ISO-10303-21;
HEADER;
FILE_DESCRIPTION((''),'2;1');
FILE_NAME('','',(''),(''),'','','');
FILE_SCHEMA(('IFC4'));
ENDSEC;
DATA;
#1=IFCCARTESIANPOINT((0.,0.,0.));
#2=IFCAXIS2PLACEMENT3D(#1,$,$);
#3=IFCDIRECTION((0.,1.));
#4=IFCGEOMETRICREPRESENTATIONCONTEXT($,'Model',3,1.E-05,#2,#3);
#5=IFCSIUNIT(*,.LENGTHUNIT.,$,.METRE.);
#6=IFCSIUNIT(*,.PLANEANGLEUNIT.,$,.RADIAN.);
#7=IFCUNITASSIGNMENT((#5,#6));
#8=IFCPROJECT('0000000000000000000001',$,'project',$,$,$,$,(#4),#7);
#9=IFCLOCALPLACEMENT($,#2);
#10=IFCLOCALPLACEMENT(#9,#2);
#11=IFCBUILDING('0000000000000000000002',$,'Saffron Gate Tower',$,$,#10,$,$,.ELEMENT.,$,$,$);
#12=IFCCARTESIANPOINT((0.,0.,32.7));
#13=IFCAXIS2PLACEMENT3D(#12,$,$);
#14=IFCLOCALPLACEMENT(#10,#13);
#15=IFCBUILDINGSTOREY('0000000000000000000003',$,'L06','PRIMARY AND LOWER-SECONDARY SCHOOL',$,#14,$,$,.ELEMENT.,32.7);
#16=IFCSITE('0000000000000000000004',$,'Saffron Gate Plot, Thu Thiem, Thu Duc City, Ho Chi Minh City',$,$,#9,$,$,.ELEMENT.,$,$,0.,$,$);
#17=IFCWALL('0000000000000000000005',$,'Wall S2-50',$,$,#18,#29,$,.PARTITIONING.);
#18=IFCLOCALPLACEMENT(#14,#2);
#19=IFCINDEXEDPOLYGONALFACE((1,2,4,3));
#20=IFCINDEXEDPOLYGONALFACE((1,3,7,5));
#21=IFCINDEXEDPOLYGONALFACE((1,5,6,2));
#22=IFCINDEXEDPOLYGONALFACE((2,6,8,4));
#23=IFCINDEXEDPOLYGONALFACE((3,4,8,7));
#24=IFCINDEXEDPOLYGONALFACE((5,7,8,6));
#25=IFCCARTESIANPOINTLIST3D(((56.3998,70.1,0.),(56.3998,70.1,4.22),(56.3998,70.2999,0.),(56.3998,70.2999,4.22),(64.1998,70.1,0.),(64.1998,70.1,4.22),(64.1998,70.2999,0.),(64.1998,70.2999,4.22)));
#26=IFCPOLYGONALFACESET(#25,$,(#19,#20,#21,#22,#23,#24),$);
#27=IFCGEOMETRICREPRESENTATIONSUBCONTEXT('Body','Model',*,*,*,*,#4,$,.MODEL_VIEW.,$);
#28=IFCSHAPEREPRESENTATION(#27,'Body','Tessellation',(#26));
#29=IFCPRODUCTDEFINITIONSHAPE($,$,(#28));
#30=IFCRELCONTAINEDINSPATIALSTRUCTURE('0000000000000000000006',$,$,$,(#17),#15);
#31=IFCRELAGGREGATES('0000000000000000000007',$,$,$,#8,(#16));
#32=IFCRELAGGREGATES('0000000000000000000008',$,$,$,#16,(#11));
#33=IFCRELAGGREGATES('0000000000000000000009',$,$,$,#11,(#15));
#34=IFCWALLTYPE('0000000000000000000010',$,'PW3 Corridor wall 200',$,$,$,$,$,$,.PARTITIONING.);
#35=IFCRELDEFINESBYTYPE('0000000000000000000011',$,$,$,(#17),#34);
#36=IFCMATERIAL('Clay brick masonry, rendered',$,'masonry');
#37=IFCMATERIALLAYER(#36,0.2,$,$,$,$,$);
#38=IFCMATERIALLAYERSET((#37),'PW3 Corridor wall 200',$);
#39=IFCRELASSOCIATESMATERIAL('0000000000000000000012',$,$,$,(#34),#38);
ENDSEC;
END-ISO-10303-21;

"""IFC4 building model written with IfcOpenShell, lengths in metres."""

from ifc_helpers import new_model, si_unit, direction, frame, frame_2d, origin, place, context, subcontext, project, spatial, rectangle, extrude, material, layer, layer_set, type_object, element, save


model = new_model("IFC4")

# Units and contexts
model_context = context("Model", 3, precision=1e-05, world=origin(), true_north=direction((0.0, 1.0)))
body_context = subcontext(model_context, "Body", "Model", "MODEL_VIEW")
ifc_project = project(units=[si_unit("LENGTHUNIT", "METRE"), si_unit("PLANEANGLEUNIT", "RADIAN")], contexts=[model_context])

# Site, building, storey
site_placement = place(None, origin())
site = spatial("IfcSite", under=ifc_project, at=site_placement, Name="Saffron Gate Plot, Thu Thiem, Thu Duc City, Ho Chi Minh City", CompositionType="ELEMENT", RefElevation=0.0)
building_placement = place(site_placement, origin())
building = spatial("IfcBuilding", under=site, at=building_placement, Name="Saffron Gate Tower", CompositionType="ELEMENT")
storey_placement = place(building_placement, frame((0.0, 0.0, 32.7)))
storey = spatial("IfcBuildingStorey", under=building, at=storey_placement, Name="L06", Description="PRIMARY AND LOWER-SECONDARY SCHOOL", CompositionType="ELEMENT", Elevation=32.7)

# Wall
ifc_material_1 = material(Name="Clay brick masonry, rendered", Category="masonry")
ifc_layer_1 = layer(ifc_material_1, 0.2)
ifc_layer_set_1 = layer_set([ifc_layer_1], Name="PW3 Corridor wall 200")
wall_type = type_object("IfcWallType", Name="PW3 Corridor wall 200", PredefinedType="PARTITIONING", material=ifc_layer_set_1)
wall_placement = place(storey_placement, frame((56.3999, 70.2, 0.0), z_axis=(0.0, 0.0, 1.0), x_axis=(1.0, 0.0, 0.0)))
element("IfcWall", 1, at=wall_placement, inside=storey, type_object=wall_type, Name="Wall S2-50", PredefinedType="PARTITIONING", context=body_context, shape_type="SweptSolid", body=[
    extrude(rectangle(XDim=7.8, YDim=0.2, at=frame_2d((3.8999, 0.0))), origin(), (0.0, 0.0, 1.0), 4.22),
])

save(model, "model.ifc")
